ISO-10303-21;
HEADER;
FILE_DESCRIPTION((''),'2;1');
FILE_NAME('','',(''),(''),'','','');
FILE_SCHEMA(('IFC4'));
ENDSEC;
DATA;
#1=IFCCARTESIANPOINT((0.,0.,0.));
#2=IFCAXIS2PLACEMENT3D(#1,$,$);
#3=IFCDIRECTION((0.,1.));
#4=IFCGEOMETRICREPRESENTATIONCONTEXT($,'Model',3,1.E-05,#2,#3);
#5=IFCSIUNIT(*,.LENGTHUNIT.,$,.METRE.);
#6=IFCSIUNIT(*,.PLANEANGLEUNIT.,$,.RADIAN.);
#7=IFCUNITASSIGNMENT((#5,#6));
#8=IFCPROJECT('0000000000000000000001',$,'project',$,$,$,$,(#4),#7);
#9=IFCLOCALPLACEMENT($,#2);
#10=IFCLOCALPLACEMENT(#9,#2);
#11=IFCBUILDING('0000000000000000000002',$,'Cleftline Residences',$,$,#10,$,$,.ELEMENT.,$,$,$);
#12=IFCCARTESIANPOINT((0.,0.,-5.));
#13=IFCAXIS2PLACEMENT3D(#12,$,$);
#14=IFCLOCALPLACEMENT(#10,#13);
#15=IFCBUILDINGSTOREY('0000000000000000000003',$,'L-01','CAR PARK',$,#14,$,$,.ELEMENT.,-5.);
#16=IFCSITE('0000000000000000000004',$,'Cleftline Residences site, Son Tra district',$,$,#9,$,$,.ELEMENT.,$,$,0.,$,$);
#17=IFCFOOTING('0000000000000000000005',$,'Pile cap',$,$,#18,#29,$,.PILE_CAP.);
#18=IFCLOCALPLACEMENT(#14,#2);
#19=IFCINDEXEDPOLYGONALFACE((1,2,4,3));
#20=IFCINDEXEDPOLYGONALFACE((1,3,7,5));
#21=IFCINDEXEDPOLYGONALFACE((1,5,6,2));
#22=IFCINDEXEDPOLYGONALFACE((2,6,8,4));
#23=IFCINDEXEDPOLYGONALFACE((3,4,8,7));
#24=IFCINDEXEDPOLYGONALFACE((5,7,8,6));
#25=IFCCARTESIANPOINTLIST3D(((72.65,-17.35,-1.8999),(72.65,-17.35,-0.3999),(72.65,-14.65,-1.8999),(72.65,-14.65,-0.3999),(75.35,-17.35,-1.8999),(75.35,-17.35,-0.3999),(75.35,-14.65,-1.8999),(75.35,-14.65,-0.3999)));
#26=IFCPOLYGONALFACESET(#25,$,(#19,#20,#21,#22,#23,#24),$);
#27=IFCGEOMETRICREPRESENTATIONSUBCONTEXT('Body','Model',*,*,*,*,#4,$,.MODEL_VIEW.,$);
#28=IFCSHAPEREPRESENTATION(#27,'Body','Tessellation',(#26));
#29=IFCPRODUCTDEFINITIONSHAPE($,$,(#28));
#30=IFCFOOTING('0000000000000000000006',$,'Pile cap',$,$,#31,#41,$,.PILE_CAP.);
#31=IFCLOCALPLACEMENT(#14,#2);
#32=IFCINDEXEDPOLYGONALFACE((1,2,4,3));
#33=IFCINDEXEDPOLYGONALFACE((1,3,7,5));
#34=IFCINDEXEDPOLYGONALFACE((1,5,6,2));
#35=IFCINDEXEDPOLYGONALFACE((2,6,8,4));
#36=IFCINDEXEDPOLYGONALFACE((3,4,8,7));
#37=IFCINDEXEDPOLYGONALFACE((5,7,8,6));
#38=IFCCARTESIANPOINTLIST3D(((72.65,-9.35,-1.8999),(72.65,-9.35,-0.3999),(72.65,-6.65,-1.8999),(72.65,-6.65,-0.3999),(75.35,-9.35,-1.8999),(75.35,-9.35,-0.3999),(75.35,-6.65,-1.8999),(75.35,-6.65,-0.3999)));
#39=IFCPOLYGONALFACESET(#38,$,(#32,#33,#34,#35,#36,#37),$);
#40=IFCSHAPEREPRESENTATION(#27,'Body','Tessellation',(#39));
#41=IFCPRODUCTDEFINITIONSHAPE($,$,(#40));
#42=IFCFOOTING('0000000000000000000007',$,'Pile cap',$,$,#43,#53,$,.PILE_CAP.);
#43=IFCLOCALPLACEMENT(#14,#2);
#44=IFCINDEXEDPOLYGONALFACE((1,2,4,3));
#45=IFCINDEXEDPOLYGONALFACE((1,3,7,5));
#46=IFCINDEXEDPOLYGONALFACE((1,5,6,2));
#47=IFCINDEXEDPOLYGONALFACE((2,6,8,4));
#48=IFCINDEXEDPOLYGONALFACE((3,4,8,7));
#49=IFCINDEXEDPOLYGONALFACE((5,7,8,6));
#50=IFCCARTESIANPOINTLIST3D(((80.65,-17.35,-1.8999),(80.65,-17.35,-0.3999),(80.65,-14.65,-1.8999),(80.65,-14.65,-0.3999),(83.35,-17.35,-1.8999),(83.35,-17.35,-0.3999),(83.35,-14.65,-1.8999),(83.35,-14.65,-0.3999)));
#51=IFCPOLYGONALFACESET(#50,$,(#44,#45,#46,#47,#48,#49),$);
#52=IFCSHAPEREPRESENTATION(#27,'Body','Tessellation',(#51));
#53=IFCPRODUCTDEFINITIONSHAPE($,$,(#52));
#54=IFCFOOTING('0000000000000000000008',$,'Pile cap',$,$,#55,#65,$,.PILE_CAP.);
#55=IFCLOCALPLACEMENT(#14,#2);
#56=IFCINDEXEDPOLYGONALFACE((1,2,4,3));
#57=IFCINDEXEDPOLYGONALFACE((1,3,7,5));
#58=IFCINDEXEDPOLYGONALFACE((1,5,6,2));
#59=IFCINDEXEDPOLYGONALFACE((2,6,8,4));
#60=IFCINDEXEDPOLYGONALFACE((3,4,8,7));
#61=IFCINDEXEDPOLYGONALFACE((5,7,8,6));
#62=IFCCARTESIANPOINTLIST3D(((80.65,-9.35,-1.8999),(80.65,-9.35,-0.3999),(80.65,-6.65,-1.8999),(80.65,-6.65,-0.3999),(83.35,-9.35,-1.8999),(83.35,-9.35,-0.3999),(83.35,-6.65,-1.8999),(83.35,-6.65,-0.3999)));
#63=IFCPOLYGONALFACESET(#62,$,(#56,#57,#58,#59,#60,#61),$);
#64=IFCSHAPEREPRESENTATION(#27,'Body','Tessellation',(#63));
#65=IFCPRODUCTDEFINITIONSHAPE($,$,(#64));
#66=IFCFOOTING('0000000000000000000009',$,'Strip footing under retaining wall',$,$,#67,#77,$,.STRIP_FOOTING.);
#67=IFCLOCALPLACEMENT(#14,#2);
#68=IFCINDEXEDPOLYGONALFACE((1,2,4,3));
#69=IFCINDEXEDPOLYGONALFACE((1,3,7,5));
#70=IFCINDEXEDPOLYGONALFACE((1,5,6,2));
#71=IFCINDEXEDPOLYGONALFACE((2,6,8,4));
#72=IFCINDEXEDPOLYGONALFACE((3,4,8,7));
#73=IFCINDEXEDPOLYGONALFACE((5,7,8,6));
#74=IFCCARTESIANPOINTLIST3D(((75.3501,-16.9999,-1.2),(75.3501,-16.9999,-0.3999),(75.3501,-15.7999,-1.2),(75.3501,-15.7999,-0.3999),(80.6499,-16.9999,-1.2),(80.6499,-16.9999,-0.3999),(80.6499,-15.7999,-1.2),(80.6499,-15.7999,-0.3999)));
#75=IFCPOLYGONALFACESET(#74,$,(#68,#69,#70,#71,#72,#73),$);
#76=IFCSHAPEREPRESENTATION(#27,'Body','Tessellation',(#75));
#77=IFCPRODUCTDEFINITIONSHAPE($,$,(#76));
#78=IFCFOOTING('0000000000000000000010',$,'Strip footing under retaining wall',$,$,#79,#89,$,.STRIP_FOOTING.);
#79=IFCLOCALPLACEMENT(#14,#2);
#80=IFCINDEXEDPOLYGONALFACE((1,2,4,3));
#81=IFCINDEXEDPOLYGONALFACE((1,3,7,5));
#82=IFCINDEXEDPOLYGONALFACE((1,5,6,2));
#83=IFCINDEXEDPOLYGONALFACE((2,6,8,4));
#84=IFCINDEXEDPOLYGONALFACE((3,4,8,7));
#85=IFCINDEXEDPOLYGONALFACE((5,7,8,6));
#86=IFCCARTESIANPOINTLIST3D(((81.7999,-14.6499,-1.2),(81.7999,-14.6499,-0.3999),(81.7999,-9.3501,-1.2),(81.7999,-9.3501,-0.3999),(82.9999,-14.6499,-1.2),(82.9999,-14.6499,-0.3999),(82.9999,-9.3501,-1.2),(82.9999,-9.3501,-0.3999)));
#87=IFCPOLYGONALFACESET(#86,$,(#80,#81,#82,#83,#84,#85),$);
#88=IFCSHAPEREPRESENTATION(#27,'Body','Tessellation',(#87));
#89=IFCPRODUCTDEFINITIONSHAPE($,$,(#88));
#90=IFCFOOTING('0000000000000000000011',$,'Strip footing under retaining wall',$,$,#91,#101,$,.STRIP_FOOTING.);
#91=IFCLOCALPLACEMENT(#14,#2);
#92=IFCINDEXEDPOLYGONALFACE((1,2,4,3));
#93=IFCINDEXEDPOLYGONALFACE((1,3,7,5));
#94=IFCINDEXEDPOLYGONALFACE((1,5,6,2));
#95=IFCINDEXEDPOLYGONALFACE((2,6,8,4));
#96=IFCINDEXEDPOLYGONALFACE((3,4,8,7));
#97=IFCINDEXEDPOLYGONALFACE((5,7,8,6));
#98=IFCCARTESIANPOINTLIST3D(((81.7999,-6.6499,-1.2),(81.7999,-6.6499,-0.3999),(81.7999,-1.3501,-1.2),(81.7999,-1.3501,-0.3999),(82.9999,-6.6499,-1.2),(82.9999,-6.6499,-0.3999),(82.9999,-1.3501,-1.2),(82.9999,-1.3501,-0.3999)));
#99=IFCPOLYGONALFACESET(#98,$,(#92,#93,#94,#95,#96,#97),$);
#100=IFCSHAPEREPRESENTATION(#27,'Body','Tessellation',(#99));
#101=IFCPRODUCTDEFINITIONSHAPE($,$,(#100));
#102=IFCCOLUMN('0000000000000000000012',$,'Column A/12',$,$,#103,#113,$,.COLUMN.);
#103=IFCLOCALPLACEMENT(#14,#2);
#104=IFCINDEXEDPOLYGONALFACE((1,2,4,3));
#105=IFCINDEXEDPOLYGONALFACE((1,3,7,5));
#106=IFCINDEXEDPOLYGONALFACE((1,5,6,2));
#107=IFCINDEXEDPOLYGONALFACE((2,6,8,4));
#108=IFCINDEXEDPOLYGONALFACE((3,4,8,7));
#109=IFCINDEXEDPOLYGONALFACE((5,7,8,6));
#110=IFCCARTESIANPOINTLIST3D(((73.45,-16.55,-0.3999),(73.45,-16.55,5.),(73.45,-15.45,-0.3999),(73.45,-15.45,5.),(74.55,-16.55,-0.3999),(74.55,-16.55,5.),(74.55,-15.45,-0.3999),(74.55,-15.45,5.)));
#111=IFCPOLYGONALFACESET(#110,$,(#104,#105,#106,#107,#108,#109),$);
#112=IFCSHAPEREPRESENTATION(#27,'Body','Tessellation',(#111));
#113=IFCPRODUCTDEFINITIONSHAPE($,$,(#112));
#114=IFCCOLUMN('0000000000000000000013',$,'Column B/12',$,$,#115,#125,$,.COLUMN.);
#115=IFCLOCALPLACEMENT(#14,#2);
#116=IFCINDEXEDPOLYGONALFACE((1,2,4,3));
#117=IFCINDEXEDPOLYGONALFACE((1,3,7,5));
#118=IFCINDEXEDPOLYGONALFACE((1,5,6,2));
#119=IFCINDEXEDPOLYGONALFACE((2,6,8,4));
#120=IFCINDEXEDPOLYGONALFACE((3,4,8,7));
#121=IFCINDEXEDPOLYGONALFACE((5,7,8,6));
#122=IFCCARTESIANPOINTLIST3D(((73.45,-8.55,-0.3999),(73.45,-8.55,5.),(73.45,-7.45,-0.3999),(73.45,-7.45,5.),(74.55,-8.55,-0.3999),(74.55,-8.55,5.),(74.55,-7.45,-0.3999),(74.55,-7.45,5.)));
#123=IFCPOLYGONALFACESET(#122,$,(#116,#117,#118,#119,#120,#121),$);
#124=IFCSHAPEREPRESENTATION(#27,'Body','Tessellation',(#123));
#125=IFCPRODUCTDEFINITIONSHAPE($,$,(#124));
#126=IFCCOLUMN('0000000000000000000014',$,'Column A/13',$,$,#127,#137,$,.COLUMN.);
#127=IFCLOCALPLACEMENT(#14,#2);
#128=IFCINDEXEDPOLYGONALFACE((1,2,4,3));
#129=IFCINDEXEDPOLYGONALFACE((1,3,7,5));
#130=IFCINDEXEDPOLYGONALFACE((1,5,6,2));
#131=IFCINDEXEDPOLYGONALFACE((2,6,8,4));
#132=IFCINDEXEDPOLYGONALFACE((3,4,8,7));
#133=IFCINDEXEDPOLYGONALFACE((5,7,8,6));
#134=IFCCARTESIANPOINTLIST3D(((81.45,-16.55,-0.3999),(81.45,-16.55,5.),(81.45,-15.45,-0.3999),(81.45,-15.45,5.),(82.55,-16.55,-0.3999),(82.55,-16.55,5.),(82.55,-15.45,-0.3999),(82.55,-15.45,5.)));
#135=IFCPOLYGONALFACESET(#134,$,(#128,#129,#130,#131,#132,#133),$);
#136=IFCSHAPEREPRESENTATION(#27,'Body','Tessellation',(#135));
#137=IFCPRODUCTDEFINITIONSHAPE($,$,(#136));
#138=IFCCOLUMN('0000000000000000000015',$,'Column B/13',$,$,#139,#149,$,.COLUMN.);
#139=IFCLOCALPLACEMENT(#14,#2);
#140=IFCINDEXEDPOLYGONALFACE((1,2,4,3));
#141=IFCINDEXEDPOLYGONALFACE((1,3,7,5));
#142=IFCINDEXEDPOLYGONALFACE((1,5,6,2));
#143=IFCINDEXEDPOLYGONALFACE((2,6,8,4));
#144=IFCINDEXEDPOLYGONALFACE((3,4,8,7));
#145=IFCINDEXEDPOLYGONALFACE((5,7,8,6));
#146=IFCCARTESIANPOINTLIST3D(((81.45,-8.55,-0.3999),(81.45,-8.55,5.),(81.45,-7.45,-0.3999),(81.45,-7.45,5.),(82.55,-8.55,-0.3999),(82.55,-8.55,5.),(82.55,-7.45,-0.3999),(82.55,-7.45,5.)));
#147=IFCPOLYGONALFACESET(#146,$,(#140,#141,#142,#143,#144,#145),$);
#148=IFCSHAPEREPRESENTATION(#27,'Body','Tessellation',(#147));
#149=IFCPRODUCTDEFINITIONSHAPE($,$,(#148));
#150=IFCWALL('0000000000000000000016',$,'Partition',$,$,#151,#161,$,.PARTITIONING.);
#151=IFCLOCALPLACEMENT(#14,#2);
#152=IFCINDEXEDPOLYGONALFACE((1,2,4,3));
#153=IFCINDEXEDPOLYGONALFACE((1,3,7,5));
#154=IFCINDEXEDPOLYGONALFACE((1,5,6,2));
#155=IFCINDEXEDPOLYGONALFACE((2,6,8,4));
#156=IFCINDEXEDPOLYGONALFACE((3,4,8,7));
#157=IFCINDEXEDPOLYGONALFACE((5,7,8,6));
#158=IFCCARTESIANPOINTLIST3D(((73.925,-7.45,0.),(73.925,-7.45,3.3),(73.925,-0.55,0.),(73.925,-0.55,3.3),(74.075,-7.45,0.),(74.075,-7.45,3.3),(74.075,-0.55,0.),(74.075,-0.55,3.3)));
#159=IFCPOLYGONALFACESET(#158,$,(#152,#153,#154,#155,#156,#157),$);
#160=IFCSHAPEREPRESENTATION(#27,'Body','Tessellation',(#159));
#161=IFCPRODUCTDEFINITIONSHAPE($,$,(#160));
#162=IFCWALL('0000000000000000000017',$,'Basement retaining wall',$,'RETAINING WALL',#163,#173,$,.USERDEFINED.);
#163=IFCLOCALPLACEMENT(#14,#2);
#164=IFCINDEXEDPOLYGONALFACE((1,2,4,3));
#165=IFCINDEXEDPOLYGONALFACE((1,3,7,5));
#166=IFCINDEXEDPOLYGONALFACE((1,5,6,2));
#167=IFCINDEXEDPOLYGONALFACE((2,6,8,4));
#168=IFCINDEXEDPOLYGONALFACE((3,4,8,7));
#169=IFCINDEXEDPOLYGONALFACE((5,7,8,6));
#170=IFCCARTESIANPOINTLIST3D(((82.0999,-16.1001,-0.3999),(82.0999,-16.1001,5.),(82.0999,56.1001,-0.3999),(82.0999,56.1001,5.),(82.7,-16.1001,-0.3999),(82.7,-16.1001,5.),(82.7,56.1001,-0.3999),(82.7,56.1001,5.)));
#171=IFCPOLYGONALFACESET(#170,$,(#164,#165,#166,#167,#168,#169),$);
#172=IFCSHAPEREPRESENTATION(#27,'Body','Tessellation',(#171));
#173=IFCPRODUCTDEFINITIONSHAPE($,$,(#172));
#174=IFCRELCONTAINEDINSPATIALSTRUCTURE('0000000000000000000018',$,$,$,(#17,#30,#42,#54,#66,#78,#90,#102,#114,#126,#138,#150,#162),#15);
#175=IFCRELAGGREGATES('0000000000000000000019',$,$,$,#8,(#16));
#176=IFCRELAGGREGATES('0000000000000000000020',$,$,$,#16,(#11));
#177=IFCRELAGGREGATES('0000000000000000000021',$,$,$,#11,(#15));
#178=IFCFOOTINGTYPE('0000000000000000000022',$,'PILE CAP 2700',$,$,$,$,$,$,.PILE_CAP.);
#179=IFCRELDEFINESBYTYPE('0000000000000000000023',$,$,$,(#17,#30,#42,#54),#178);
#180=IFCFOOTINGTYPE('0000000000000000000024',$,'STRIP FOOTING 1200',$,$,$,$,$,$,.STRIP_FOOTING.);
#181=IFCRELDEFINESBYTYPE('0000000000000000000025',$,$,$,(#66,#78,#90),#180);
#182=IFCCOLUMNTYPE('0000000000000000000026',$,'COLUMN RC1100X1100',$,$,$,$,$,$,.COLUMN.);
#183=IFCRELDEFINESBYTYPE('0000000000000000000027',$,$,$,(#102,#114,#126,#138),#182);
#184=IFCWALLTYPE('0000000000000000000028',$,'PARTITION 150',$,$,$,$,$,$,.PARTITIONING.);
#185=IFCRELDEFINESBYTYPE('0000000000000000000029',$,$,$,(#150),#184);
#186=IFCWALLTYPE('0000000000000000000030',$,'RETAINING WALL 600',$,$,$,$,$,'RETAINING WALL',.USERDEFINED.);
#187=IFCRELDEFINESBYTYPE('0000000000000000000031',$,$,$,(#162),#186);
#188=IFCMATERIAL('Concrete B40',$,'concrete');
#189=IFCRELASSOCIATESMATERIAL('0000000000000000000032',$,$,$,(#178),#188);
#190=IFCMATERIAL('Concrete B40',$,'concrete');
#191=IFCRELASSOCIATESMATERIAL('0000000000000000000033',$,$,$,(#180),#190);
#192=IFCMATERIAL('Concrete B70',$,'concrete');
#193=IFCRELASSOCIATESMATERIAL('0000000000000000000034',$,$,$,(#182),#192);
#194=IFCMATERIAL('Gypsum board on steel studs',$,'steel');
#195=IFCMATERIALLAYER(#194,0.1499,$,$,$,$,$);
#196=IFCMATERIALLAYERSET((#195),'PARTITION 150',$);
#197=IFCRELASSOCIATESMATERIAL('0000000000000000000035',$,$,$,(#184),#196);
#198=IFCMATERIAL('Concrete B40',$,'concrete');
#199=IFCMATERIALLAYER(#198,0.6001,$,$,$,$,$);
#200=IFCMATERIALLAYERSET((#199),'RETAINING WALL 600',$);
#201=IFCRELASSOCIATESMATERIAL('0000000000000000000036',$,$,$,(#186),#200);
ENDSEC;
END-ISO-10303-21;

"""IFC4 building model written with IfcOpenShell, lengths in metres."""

from ifc_helpers import new_model, si_unit, direction, frame, frame_2d, origin, origin_2d, place, context, subcontext, project, spatial, rectangle, extrude, material, layer, layer_set, material_profile, profile_set, type_object, element, save


model = new_model("IFC4")

# Units and contexts
model_context = context("Model", 3, precision=1e-05, world=origin(), true_north=direction((0.0, 1.0)))
body_context = subcontext(model_context, "Body", "Model", "MODEL_VIEW")
ifc_project = project(units=[si_unit("LENGTHUNIT", "METRE"), si_unit("PLANEANGLEUNIT", "RADIAN")], contexts=[model_context])

# Site, building, storey
site_placement = place(None, origin())
site = spatial("IfcSite", under=ifc_project, at=site_placement, Name="Cleftline Residences site, Son Tra district", CompositionType="ELEMENT", RefElevation=0.0)
building_placement = place(site_placement, origin())
building = spatial("IfcBuilding", under=site, at=building_placement, Name="Cleftline Residences", CompositionType="ELEMENT")
storey_placement = place(building_placement, frame((0.0, 0.0, -5.0)))
storey = spatial("IfcBuildingStorey", under=building, at=storey_placement, Name="L-01", Description="CAR PARK", CompositionType="ELEMENT", Elevation=-5.0)

# Footings
ifc_material_1 = material(Name="Concrete B40", Category="concrete")
footing_type_1 = type_object("IfcFootingType", Name="PILE CAP 2700", PredefinedType="PILE_CAP", material=ifc_material_1)
for number, where, z_axis, x_axis, name in (
    (1, (74.0, -16.0, -1.8999), (0.0, 0.0, 1.0), (1.0, 0.0, 0.0), "Pile cap"),
    (2, (74.0, -8.0, -1.8999), (0.0, 0.0, 1.0), (1.0, 0.0, 0.0), "Pile cap"),
    (3, (82.0, -16.0, -1.8999), (0.0, 0.0, 1.0), (1.0, 0.0, 0.0), "Pile cap"),
    (4, (82.0, -8.0, -1.8999), (0.0, 0.0, 1.0), (1.0, 0.0, 0.0), "Pile cap"),
):
    element("IfcFooting", number, at=place(storey_placement, frame(where, z_axis=z_axis, x_axis=x_axis)), inside=storey, type_object=footing_type_1, Name=name, PredefinedType="PILE_CAP", context=body_context, shape_type="SweptSolid", body=[
        extrude(rectangle(XDim=2.7, YDim=2.7, at=origin_2d()), origin(), (0.0, 0.0, 1.0), 1.5),
    ])
ifc_material_2 = material(Name="Concrete B40", Category="concrete")
footing_type_2 = type_object("IfcFootingType", Name="STRIP FOOTING 1200", PredefinedType="STRIP_FOOTING", material=ifc_material_2)
for number, where, z_axis, x_axis, name in (
    (5, (75.3501, -16.3999, -1.2), (0.0, 0.0, 1.0), (1.0, 0.0, 0.0), "Strip footing under retaining wall"),
    (6, (82.3999, -14.6499, -1.2), (0.0, 0.0, 1.0), (0.0, 1.0, 0.0), "Strip footing under retaining wall"),
    (7, (82.3999, -6.6499, -1.2), (0.0, 0.0, 1.0), (0.0, 1.0, 0.0), "Strip footing under retaining wall"),
):
    element("IfcFooting", number, at=place(storey_placement, frame(where, z_axis=z_axis, x_axis=x_axis)), inside=storey, type_object=footing_type_2, Name=name, PredefinedType="STRIP_FOOTING", context=body_context, shape_type="SweptSolid", body=[
        extrude(rectangle(XDim=5.2998, YDim=1.2, at=frame_2d((2.6499, 0.0))), origin(), (0.0, 0.0, 1.0), 0.8),
    ])

# Columns
ifc_material_3 = material(Name="Concrete B70", Category="concrete")
ifc_material_profile_1 = material_profile(ifc_material_3, rectangle(XDim=1.1001, YDim=1.1001, at=origin_2d()))
ifc_profile_set_1 = profile_set([ifc_material_profile_1], Name="Concrete B70")
column_type = type_object("IfcColumnType", Name="COLUMN RC1100X1100", PredefinedType="COLUMN", material=ifc_profile_set_1)
for number, where, z_axis, x_axis, name in (
    (8, (74.0, -16.0, -0.3999), (0.0, 0.0, 1.0), (1.0, 0.0, 0.0), "Column A/12"),
    (9, (74.0, -8.0, -0.3999), (0.0, 0.0, 1.0), (1.0, 0.0, 0.0), "Column B/12"),
    (10, (82.0, -16.0, -0.3999), (0.0, 0.0, 1.0), (1.0, 0.0, 0.0), "Column A/13"),
    (11, (82.0, -8.0, -0.3999), (0.0, 0.0, 1.0), (1.0, 0.0, 0.0), "Column B/13"),
):
    element("IfcColumn", number, at=place(storey_placement, frame(where, z_axis=z_axis, x_axis=x_axis)), inside=storey, type_object=column_type, Name=name, PredefinedType="COLUMN", context=body_context, shape_type="SweptSolid", body=[
        extrude(rectangle(XDim=1.1001, YDim=1.1001, at=origin_2d()), origin(), (0.0, 0.0, 1.0), 5.3999),
    ])

# Walls
ifc_material_4 = material(Name="Gypsum board on steel studs", Category="steel")
ifc_layer_1 = layer(ifc_material_4, 0.1499)
ifc_layer_set_1 = layer_set([ifc_layer_1], Name="PARTITION 150")
wall_type_1 = type_object("IfcWallType", Name="PARTITION 150", PredefinedType="PARTITIONING", material=ifc_layer_set_1)
wall_1_placement = place(storey_placement, frame((74.0, -7.45, 0.0), z_axis=(0.0, 0.0, 1.0), x_axis=(0.0, 1.0, 0.0)))
element("IfcWall", 12, at=wall_1_placement, inside=storey, type_object=wall_type_1, Name="Partition", PredefinedType="PARTITIONING", context=body_context, shape_type="SweptSolid", body=[
    extrude(rectangle(XDim=6.8999, YDim=0.1499, at=frame_2d((3.45, 0.0))), origin(), (0.0, 0.0, 1.0), 3.3),
])
ifc_material_5 = material(Name="Concrete B40", Category="concrete")
ifc_layer_2 = layer(ifc_material_5, 0.6001)
ifc_layer_set_2 = layer_set([ifc_layer_2], Name="RETAINING WALL 600")
wall_type_2 = type_object("IfcWallType", Name="RETAINING WALL 600", ElementType="RETAINING WALL", PredefinedType="USERDEFINED", material=ifc_layer_set_2)
wall_2_placement = place(storey_placement, frame((82.3999, -16.1001, -0.3999), z_axis=(0.0, 0.0, 1.0), x_axis=(0.0, 1.0, 0.0)))
element("IfcWall", 13, at=wall_2_placement, inside=storey, type_object=wall_type_2, Name="Basement retaining wall", ObjectType="RETAINING WALL", PredefinedType="USERDEFINED", context=body_context, shape_type="SweptSolid", body=[
    extrude(rectangle(XDim=72.2002, YDim=0.6001, at=frame_2d((36.1001, 0.0))), origin(), (0.0, 0.0, 1.0), 5.3999),
])

save(model, "model.ifc")
